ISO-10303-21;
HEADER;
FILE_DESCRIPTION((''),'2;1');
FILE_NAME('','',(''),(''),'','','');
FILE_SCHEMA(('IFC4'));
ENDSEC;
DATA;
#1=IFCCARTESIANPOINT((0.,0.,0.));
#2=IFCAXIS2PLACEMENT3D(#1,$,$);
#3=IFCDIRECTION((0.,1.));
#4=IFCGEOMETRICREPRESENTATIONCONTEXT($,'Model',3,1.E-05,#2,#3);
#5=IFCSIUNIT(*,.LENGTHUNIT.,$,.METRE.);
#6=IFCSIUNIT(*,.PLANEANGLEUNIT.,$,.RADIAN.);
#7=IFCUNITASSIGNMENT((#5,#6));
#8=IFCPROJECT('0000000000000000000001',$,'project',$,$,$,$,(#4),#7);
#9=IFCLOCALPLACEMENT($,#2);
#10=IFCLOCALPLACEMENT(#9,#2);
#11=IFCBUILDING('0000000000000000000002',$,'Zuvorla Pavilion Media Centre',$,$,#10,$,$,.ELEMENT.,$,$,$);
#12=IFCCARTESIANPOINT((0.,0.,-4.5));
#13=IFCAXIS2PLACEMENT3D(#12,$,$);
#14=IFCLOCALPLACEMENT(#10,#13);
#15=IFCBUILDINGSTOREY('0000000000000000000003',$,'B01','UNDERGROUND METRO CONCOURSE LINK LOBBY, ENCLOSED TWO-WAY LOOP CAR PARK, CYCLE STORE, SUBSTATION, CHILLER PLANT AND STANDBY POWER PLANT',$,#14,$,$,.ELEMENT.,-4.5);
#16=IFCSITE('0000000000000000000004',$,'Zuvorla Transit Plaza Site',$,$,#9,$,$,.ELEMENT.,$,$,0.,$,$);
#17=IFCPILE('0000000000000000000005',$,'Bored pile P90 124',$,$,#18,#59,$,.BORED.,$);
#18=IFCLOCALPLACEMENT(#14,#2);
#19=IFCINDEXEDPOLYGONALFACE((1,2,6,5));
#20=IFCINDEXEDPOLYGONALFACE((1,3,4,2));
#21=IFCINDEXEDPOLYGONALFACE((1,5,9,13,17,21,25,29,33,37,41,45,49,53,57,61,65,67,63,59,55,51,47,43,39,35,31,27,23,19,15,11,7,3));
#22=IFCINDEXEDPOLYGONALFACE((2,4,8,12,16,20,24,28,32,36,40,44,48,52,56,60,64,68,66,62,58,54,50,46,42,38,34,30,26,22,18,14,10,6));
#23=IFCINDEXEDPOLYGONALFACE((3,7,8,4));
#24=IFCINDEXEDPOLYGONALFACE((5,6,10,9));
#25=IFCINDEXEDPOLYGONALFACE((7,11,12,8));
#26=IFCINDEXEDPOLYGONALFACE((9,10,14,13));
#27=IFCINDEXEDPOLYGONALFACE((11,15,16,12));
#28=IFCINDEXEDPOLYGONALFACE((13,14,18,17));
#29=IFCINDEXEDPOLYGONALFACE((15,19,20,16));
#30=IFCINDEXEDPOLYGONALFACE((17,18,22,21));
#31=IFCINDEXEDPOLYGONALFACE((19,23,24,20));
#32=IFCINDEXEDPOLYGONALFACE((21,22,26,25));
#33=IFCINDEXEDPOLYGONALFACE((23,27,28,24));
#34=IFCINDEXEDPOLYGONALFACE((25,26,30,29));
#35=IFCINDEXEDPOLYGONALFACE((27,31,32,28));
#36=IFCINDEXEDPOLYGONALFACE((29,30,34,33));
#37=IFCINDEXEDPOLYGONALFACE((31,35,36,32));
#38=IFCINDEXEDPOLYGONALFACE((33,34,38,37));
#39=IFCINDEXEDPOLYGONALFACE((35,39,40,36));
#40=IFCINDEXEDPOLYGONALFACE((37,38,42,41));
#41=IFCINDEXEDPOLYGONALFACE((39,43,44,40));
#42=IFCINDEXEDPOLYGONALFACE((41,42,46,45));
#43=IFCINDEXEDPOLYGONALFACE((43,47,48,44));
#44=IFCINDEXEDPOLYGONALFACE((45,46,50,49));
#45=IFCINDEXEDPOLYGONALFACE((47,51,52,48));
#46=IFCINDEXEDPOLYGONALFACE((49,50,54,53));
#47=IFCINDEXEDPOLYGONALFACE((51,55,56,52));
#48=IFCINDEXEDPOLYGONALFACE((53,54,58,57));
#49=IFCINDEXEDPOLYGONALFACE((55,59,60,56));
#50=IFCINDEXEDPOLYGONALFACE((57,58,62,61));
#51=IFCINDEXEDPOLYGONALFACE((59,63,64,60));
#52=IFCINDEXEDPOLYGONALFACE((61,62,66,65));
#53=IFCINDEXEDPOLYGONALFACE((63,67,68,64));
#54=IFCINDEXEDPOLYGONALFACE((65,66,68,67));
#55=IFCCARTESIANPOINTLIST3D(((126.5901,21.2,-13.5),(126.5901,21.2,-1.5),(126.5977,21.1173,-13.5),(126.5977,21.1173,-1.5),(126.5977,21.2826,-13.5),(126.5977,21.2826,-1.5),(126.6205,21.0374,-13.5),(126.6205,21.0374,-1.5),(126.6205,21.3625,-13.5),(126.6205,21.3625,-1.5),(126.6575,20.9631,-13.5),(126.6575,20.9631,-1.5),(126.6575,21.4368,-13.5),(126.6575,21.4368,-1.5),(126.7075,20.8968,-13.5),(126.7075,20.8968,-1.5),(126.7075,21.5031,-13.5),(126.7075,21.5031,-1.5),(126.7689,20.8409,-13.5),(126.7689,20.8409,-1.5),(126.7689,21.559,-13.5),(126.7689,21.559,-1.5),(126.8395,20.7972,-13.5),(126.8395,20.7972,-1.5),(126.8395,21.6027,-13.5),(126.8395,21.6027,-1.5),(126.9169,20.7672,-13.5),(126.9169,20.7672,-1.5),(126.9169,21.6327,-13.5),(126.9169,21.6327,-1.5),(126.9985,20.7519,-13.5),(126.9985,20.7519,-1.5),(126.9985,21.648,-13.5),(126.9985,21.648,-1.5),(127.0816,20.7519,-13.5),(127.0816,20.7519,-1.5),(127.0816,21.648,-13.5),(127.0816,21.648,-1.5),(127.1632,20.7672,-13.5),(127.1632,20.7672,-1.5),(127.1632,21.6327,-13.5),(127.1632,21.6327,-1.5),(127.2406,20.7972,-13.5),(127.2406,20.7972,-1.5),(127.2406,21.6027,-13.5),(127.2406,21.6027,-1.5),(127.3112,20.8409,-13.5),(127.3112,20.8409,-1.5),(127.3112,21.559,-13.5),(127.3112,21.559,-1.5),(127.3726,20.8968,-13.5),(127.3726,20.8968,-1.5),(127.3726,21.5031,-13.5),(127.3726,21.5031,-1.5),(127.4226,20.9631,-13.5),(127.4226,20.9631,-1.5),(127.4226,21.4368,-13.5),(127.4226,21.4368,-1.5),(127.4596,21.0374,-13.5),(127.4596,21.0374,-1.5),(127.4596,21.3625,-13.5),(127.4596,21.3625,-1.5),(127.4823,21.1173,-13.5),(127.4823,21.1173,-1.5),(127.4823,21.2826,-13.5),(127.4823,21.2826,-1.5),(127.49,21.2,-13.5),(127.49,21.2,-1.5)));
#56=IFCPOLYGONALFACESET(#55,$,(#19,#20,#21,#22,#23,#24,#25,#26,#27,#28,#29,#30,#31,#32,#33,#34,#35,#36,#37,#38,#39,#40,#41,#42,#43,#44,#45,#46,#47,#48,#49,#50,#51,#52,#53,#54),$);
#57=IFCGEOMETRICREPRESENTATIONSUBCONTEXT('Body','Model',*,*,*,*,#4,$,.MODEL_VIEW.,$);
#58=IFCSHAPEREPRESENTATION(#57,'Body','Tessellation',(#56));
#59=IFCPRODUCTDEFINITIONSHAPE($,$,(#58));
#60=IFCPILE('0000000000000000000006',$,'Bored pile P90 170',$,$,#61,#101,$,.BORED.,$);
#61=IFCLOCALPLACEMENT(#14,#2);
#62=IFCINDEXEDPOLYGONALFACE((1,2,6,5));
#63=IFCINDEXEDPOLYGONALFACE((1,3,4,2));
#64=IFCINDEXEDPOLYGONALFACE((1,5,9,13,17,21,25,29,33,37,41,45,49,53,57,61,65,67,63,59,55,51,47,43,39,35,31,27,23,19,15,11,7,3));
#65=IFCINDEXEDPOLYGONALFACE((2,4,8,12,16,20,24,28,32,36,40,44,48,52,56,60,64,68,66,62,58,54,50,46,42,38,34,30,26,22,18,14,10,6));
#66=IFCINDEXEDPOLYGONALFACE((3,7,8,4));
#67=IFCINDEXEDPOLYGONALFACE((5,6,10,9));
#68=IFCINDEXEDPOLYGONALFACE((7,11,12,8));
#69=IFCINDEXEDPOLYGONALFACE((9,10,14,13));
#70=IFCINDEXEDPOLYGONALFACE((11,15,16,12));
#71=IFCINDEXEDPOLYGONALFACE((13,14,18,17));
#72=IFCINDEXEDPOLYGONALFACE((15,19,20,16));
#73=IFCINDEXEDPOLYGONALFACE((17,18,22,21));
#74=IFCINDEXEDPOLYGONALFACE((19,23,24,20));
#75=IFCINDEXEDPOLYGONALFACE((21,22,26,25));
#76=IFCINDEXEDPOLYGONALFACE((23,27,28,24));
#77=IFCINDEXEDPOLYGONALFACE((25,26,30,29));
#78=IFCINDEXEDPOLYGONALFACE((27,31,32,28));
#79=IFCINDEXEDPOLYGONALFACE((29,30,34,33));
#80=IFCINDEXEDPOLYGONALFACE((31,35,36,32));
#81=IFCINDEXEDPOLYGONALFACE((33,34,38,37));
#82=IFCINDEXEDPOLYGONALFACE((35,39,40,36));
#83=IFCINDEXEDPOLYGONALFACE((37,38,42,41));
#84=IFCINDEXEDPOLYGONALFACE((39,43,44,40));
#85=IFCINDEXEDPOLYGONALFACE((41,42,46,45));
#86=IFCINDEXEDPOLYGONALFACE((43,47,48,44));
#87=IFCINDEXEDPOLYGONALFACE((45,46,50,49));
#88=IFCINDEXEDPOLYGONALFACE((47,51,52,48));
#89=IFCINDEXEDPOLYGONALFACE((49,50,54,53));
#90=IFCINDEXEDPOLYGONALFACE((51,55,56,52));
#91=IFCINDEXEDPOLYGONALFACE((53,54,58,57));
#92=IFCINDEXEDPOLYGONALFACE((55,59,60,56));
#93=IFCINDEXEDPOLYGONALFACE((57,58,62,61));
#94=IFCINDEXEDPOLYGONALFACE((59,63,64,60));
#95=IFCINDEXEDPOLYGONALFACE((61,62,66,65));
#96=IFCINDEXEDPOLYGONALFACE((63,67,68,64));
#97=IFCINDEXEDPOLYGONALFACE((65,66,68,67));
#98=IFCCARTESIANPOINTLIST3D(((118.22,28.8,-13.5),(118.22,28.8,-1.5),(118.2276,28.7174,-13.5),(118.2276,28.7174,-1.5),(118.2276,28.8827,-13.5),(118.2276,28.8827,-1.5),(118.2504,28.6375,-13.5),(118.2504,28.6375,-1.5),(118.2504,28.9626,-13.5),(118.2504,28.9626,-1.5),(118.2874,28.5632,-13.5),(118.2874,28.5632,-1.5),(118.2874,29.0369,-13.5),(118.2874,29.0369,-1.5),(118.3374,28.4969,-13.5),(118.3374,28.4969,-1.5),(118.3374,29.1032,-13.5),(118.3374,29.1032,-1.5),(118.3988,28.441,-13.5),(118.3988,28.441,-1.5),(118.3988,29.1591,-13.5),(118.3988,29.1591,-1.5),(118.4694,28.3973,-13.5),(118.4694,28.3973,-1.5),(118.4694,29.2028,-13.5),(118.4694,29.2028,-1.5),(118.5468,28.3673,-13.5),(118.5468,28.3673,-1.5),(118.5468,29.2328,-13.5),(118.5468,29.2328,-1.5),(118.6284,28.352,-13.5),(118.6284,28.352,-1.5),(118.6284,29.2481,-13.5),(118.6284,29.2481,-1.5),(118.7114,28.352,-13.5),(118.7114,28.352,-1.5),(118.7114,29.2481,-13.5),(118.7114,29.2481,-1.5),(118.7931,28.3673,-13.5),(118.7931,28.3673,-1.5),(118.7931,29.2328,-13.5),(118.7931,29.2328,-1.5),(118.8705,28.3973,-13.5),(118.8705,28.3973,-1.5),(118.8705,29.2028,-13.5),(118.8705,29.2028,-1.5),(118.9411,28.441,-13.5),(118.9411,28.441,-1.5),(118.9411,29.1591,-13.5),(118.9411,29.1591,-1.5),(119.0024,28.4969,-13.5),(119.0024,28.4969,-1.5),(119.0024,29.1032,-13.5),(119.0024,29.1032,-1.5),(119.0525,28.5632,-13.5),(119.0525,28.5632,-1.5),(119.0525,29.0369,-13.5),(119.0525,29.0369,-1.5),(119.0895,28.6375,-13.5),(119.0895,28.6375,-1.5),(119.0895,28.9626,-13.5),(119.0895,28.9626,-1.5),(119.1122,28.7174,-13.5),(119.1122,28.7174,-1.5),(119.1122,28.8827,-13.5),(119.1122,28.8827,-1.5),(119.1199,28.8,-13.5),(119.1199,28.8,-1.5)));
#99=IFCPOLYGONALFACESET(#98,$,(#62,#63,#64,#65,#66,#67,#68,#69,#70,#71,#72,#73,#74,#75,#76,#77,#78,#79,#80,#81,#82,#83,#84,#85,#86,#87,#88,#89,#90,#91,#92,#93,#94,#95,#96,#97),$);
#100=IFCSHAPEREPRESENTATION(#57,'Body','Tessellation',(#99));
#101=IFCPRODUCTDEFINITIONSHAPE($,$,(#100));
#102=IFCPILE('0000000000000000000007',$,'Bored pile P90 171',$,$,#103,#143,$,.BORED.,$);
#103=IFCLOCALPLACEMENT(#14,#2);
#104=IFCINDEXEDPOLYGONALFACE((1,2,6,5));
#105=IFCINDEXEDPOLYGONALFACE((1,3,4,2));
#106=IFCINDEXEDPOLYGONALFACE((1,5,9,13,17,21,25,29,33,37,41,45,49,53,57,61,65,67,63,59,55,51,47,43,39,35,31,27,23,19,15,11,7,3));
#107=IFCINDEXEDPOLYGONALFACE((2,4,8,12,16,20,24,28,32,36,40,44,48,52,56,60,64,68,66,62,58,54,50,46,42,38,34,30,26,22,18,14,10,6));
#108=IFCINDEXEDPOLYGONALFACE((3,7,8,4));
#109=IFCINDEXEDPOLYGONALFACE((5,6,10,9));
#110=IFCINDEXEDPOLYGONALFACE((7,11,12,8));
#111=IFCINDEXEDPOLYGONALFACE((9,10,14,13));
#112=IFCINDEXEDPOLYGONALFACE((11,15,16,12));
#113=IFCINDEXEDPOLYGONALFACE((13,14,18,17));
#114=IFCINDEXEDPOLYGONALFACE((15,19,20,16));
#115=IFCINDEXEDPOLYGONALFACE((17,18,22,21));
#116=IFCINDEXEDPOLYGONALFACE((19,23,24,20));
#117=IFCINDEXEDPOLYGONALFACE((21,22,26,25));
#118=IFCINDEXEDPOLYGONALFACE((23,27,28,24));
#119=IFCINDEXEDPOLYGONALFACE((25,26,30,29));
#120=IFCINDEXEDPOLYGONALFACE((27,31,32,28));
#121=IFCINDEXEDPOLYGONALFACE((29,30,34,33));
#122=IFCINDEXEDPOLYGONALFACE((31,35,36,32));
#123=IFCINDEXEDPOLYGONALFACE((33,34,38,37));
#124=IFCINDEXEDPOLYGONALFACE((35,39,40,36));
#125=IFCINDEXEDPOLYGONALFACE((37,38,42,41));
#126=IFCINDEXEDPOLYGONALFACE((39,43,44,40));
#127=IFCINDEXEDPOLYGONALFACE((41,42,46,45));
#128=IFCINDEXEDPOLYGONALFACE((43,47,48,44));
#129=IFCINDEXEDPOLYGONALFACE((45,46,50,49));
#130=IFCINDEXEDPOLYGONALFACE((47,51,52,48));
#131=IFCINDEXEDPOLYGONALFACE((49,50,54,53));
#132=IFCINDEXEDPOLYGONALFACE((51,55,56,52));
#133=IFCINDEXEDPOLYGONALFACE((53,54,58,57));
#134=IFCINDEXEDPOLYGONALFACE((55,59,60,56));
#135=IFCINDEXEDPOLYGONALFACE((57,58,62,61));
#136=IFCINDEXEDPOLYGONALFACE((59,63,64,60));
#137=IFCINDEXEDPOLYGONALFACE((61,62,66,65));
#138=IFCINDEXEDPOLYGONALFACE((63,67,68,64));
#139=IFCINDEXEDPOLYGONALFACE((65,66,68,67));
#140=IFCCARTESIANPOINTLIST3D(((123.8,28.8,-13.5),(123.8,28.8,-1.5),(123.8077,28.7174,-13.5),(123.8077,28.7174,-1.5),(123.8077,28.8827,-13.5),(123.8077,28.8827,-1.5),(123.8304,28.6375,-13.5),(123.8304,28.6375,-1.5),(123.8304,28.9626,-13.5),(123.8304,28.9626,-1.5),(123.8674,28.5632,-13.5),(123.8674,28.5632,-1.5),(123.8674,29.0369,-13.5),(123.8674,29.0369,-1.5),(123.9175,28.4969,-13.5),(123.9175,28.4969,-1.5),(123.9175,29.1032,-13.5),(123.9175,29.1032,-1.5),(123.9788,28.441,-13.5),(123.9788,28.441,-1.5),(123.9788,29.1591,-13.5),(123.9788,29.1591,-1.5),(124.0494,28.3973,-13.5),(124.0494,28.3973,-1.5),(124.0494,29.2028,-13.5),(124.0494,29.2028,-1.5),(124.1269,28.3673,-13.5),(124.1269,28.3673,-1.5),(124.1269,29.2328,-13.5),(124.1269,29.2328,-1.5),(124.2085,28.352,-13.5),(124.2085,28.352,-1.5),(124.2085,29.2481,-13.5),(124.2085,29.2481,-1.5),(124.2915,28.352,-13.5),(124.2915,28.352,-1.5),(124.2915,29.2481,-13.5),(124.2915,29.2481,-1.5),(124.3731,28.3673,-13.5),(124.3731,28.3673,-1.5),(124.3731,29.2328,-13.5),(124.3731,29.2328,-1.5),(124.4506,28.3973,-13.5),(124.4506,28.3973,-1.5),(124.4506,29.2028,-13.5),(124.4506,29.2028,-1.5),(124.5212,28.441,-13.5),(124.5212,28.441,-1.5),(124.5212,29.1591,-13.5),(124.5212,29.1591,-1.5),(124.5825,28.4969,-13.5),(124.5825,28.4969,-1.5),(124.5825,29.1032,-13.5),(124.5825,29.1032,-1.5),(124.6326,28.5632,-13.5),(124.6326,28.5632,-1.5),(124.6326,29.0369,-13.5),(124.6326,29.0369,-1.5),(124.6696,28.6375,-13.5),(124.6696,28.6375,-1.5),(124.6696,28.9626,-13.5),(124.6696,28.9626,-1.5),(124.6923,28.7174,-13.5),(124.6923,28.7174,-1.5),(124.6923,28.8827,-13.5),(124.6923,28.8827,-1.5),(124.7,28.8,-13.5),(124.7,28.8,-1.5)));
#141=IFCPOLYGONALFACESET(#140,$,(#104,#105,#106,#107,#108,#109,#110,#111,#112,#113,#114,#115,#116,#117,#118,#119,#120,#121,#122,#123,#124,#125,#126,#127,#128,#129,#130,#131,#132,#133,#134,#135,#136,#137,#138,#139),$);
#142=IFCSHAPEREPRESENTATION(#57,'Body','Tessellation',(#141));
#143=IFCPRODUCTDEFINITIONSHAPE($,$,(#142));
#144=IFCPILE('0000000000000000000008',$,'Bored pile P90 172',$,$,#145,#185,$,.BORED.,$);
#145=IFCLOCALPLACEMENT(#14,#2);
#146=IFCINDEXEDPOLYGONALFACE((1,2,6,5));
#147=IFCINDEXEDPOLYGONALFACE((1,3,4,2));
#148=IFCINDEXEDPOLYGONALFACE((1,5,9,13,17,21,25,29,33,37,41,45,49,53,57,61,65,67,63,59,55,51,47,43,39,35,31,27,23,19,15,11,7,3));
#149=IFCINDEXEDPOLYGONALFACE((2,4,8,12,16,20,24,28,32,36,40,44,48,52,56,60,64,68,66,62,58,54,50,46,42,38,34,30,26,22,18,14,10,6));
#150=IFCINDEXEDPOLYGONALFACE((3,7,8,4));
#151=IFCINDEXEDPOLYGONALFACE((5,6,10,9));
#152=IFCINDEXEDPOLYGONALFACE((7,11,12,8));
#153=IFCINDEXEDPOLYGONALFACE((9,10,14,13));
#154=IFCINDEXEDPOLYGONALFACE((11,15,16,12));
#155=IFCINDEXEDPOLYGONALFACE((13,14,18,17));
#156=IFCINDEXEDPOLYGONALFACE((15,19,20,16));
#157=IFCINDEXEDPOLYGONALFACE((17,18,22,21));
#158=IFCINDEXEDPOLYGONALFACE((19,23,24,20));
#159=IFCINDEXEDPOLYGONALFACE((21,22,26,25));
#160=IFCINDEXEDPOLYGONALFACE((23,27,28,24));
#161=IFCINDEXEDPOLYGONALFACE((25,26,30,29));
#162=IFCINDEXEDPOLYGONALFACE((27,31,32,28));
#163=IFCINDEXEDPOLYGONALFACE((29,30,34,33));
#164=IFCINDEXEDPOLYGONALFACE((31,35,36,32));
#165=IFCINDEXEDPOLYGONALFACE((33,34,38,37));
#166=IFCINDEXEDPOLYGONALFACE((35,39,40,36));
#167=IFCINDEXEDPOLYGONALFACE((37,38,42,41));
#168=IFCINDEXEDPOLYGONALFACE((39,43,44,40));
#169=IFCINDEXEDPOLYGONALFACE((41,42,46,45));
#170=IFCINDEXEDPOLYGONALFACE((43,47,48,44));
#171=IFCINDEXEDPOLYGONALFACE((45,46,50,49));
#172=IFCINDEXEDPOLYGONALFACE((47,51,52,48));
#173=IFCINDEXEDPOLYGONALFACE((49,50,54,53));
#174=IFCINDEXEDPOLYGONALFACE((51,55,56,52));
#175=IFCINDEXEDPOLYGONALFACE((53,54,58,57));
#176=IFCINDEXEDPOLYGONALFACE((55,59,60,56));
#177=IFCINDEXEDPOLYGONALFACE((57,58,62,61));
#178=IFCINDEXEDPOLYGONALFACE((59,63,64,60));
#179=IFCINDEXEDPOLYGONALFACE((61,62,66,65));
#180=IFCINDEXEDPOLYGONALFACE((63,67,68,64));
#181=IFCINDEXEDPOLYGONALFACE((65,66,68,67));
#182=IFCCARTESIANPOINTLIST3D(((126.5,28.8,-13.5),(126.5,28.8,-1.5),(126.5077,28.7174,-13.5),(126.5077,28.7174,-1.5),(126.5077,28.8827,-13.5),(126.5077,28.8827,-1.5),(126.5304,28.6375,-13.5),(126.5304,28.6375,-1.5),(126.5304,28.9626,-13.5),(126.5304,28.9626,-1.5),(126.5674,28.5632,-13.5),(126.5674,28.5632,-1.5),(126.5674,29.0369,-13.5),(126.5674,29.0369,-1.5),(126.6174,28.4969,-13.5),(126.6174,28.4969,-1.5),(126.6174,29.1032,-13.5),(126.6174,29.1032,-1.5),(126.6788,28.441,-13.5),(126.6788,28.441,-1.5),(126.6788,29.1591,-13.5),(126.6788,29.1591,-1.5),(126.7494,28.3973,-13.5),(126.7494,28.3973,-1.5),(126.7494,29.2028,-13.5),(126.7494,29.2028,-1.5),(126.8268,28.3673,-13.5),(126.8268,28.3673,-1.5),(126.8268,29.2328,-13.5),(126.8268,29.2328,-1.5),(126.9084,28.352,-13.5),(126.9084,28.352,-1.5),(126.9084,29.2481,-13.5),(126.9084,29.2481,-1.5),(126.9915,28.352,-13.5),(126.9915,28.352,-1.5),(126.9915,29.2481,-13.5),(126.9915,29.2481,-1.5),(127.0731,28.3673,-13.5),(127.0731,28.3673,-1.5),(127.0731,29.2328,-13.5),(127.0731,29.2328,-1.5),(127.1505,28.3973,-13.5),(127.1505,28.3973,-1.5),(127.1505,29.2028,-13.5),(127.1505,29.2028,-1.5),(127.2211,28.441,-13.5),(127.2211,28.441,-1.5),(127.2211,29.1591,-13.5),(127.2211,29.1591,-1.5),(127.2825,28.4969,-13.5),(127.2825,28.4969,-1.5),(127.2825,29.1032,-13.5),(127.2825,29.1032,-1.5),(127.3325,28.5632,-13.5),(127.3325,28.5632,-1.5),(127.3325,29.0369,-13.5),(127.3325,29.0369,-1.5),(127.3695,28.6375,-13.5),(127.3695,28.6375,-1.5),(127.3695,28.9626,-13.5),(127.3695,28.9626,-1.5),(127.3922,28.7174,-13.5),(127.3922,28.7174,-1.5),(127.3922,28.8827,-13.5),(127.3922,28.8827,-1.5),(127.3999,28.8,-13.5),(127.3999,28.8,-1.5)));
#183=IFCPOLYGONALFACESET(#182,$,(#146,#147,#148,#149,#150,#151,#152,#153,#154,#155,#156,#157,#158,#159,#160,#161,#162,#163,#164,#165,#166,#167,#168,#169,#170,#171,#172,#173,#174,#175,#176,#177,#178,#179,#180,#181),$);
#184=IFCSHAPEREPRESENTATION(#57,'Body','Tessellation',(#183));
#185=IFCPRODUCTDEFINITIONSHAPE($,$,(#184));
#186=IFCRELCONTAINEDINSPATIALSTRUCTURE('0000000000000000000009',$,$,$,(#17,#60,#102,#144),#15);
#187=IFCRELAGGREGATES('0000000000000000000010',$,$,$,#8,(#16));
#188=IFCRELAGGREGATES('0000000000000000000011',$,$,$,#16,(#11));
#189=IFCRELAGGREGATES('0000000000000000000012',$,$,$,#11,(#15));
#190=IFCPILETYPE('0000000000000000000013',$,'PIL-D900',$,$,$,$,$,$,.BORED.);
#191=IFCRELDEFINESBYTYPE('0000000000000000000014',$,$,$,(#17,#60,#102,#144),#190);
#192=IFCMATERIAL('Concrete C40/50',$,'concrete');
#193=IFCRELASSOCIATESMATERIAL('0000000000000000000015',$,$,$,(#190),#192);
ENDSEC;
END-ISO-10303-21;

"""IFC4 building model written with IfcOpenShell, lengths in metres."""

from ifc_helpers import new_model, si_unit, direction, frame, origin, origin_2d, place, context, subcontext, project, spatial, circle, extrude, material, material_profile, profile_set, type_object, element, save


model = new_model("IFC4")

# Units and contexts
model_context = context("Model", 3, precision=1e-05, world=origin(), true_north=direction((0.0, 1.0)))
body_context = subcontext(model_context, "Body", "Model", "MODEL_VIEW")
ifc_project = project(units=[si_unit("LENGTHUNIT", "METRE"), si_unit("PLANEANGLEUNIT", "RADIAN")], contexts=[model_context])

# Site, building, storey
site_placement = place(None, origin())
site = spatial("IfcSite", under=ifc_project, at=site_placement, Name="Zuvorla Transit Plaza Site", CompositionType="ELEMENT", RefElevation=0.0)
building_placement = place(site_placement, origin())
building = spatial("IfcBuilding", under=site, at=building_placement, Name="Zuvorla Pavilion Media Centre", CompositionType="ELEMENT")
storey_placement = place(building_placement, frame((0.0, 0.0, -4.5)))
storey = spatial("IfcBuildingStorey", under=building, at=storey_placement, Name="B01", Description="UNDERGROUND METRO CONCOURSE LINK LOBBY, ENCLOSED TWO-WAY LOOP CAR PARK, CYCLE STORE, SUBSTATION, CHILLER PLANT AND STANDBY POWER PLANT", CompositionType="ELEMENT", Elevation=-4.5)

# Shared definitions
ifc_material = material(Name="Concrete C40/50", Category="concrete")

# Piles
ifc_material_profile_1 = material_profile(ifc_material, circle(Radius=0.45, at=origin_2d()), Name="BORED PILE 900")
ifc_profile_set_1 = profile_set([ifc_material_profile_1], Name="Concrete C40/50")
pile_type = type_object("IfcPileType", Name="PIL-D900", PredefinedType="BORED", material=ifc_profile_set_1)
for number, where, z_axis, x_axis, name in (
    (1, (127.04, 21.2, -1.5), (0.0, 0.0, -1.0), (1.0, 0.0, 0.0), "Bored pile P90 124"),
    (2, (118.6699, 28.8, -1.5), (0.0, 0.0, -1.0), (1.0, 0.0, 0.0), "Bored pile P90 170"),
    (3, (124.25, 28.8, -1.5), (0.0, 0.0, -1.0), (1.0, 0.0, 0.0), "Bored pile P90 171"),
    (4, (126.95, 28.8, -1.5), (0.0, 0.0, -1.0), (1.0, 0.0, 0.0), "Bored pile P90 172"),
):
    element("IfcPile", number, at=place(storey_placement, frame(where, z_axis=z_axis, x_axis=x_axis)), inside=storey, type_object=pile_type, Name=name, PredefinedType="BORED", context=body_context, shape_type="SweptSolid", body=[
        extrude(circle(Radius=0.45, at=origin_2d()), origin(), (0.0, 0.0, 1.0), 12.0),
    ])

save(model, "model.ifc")
